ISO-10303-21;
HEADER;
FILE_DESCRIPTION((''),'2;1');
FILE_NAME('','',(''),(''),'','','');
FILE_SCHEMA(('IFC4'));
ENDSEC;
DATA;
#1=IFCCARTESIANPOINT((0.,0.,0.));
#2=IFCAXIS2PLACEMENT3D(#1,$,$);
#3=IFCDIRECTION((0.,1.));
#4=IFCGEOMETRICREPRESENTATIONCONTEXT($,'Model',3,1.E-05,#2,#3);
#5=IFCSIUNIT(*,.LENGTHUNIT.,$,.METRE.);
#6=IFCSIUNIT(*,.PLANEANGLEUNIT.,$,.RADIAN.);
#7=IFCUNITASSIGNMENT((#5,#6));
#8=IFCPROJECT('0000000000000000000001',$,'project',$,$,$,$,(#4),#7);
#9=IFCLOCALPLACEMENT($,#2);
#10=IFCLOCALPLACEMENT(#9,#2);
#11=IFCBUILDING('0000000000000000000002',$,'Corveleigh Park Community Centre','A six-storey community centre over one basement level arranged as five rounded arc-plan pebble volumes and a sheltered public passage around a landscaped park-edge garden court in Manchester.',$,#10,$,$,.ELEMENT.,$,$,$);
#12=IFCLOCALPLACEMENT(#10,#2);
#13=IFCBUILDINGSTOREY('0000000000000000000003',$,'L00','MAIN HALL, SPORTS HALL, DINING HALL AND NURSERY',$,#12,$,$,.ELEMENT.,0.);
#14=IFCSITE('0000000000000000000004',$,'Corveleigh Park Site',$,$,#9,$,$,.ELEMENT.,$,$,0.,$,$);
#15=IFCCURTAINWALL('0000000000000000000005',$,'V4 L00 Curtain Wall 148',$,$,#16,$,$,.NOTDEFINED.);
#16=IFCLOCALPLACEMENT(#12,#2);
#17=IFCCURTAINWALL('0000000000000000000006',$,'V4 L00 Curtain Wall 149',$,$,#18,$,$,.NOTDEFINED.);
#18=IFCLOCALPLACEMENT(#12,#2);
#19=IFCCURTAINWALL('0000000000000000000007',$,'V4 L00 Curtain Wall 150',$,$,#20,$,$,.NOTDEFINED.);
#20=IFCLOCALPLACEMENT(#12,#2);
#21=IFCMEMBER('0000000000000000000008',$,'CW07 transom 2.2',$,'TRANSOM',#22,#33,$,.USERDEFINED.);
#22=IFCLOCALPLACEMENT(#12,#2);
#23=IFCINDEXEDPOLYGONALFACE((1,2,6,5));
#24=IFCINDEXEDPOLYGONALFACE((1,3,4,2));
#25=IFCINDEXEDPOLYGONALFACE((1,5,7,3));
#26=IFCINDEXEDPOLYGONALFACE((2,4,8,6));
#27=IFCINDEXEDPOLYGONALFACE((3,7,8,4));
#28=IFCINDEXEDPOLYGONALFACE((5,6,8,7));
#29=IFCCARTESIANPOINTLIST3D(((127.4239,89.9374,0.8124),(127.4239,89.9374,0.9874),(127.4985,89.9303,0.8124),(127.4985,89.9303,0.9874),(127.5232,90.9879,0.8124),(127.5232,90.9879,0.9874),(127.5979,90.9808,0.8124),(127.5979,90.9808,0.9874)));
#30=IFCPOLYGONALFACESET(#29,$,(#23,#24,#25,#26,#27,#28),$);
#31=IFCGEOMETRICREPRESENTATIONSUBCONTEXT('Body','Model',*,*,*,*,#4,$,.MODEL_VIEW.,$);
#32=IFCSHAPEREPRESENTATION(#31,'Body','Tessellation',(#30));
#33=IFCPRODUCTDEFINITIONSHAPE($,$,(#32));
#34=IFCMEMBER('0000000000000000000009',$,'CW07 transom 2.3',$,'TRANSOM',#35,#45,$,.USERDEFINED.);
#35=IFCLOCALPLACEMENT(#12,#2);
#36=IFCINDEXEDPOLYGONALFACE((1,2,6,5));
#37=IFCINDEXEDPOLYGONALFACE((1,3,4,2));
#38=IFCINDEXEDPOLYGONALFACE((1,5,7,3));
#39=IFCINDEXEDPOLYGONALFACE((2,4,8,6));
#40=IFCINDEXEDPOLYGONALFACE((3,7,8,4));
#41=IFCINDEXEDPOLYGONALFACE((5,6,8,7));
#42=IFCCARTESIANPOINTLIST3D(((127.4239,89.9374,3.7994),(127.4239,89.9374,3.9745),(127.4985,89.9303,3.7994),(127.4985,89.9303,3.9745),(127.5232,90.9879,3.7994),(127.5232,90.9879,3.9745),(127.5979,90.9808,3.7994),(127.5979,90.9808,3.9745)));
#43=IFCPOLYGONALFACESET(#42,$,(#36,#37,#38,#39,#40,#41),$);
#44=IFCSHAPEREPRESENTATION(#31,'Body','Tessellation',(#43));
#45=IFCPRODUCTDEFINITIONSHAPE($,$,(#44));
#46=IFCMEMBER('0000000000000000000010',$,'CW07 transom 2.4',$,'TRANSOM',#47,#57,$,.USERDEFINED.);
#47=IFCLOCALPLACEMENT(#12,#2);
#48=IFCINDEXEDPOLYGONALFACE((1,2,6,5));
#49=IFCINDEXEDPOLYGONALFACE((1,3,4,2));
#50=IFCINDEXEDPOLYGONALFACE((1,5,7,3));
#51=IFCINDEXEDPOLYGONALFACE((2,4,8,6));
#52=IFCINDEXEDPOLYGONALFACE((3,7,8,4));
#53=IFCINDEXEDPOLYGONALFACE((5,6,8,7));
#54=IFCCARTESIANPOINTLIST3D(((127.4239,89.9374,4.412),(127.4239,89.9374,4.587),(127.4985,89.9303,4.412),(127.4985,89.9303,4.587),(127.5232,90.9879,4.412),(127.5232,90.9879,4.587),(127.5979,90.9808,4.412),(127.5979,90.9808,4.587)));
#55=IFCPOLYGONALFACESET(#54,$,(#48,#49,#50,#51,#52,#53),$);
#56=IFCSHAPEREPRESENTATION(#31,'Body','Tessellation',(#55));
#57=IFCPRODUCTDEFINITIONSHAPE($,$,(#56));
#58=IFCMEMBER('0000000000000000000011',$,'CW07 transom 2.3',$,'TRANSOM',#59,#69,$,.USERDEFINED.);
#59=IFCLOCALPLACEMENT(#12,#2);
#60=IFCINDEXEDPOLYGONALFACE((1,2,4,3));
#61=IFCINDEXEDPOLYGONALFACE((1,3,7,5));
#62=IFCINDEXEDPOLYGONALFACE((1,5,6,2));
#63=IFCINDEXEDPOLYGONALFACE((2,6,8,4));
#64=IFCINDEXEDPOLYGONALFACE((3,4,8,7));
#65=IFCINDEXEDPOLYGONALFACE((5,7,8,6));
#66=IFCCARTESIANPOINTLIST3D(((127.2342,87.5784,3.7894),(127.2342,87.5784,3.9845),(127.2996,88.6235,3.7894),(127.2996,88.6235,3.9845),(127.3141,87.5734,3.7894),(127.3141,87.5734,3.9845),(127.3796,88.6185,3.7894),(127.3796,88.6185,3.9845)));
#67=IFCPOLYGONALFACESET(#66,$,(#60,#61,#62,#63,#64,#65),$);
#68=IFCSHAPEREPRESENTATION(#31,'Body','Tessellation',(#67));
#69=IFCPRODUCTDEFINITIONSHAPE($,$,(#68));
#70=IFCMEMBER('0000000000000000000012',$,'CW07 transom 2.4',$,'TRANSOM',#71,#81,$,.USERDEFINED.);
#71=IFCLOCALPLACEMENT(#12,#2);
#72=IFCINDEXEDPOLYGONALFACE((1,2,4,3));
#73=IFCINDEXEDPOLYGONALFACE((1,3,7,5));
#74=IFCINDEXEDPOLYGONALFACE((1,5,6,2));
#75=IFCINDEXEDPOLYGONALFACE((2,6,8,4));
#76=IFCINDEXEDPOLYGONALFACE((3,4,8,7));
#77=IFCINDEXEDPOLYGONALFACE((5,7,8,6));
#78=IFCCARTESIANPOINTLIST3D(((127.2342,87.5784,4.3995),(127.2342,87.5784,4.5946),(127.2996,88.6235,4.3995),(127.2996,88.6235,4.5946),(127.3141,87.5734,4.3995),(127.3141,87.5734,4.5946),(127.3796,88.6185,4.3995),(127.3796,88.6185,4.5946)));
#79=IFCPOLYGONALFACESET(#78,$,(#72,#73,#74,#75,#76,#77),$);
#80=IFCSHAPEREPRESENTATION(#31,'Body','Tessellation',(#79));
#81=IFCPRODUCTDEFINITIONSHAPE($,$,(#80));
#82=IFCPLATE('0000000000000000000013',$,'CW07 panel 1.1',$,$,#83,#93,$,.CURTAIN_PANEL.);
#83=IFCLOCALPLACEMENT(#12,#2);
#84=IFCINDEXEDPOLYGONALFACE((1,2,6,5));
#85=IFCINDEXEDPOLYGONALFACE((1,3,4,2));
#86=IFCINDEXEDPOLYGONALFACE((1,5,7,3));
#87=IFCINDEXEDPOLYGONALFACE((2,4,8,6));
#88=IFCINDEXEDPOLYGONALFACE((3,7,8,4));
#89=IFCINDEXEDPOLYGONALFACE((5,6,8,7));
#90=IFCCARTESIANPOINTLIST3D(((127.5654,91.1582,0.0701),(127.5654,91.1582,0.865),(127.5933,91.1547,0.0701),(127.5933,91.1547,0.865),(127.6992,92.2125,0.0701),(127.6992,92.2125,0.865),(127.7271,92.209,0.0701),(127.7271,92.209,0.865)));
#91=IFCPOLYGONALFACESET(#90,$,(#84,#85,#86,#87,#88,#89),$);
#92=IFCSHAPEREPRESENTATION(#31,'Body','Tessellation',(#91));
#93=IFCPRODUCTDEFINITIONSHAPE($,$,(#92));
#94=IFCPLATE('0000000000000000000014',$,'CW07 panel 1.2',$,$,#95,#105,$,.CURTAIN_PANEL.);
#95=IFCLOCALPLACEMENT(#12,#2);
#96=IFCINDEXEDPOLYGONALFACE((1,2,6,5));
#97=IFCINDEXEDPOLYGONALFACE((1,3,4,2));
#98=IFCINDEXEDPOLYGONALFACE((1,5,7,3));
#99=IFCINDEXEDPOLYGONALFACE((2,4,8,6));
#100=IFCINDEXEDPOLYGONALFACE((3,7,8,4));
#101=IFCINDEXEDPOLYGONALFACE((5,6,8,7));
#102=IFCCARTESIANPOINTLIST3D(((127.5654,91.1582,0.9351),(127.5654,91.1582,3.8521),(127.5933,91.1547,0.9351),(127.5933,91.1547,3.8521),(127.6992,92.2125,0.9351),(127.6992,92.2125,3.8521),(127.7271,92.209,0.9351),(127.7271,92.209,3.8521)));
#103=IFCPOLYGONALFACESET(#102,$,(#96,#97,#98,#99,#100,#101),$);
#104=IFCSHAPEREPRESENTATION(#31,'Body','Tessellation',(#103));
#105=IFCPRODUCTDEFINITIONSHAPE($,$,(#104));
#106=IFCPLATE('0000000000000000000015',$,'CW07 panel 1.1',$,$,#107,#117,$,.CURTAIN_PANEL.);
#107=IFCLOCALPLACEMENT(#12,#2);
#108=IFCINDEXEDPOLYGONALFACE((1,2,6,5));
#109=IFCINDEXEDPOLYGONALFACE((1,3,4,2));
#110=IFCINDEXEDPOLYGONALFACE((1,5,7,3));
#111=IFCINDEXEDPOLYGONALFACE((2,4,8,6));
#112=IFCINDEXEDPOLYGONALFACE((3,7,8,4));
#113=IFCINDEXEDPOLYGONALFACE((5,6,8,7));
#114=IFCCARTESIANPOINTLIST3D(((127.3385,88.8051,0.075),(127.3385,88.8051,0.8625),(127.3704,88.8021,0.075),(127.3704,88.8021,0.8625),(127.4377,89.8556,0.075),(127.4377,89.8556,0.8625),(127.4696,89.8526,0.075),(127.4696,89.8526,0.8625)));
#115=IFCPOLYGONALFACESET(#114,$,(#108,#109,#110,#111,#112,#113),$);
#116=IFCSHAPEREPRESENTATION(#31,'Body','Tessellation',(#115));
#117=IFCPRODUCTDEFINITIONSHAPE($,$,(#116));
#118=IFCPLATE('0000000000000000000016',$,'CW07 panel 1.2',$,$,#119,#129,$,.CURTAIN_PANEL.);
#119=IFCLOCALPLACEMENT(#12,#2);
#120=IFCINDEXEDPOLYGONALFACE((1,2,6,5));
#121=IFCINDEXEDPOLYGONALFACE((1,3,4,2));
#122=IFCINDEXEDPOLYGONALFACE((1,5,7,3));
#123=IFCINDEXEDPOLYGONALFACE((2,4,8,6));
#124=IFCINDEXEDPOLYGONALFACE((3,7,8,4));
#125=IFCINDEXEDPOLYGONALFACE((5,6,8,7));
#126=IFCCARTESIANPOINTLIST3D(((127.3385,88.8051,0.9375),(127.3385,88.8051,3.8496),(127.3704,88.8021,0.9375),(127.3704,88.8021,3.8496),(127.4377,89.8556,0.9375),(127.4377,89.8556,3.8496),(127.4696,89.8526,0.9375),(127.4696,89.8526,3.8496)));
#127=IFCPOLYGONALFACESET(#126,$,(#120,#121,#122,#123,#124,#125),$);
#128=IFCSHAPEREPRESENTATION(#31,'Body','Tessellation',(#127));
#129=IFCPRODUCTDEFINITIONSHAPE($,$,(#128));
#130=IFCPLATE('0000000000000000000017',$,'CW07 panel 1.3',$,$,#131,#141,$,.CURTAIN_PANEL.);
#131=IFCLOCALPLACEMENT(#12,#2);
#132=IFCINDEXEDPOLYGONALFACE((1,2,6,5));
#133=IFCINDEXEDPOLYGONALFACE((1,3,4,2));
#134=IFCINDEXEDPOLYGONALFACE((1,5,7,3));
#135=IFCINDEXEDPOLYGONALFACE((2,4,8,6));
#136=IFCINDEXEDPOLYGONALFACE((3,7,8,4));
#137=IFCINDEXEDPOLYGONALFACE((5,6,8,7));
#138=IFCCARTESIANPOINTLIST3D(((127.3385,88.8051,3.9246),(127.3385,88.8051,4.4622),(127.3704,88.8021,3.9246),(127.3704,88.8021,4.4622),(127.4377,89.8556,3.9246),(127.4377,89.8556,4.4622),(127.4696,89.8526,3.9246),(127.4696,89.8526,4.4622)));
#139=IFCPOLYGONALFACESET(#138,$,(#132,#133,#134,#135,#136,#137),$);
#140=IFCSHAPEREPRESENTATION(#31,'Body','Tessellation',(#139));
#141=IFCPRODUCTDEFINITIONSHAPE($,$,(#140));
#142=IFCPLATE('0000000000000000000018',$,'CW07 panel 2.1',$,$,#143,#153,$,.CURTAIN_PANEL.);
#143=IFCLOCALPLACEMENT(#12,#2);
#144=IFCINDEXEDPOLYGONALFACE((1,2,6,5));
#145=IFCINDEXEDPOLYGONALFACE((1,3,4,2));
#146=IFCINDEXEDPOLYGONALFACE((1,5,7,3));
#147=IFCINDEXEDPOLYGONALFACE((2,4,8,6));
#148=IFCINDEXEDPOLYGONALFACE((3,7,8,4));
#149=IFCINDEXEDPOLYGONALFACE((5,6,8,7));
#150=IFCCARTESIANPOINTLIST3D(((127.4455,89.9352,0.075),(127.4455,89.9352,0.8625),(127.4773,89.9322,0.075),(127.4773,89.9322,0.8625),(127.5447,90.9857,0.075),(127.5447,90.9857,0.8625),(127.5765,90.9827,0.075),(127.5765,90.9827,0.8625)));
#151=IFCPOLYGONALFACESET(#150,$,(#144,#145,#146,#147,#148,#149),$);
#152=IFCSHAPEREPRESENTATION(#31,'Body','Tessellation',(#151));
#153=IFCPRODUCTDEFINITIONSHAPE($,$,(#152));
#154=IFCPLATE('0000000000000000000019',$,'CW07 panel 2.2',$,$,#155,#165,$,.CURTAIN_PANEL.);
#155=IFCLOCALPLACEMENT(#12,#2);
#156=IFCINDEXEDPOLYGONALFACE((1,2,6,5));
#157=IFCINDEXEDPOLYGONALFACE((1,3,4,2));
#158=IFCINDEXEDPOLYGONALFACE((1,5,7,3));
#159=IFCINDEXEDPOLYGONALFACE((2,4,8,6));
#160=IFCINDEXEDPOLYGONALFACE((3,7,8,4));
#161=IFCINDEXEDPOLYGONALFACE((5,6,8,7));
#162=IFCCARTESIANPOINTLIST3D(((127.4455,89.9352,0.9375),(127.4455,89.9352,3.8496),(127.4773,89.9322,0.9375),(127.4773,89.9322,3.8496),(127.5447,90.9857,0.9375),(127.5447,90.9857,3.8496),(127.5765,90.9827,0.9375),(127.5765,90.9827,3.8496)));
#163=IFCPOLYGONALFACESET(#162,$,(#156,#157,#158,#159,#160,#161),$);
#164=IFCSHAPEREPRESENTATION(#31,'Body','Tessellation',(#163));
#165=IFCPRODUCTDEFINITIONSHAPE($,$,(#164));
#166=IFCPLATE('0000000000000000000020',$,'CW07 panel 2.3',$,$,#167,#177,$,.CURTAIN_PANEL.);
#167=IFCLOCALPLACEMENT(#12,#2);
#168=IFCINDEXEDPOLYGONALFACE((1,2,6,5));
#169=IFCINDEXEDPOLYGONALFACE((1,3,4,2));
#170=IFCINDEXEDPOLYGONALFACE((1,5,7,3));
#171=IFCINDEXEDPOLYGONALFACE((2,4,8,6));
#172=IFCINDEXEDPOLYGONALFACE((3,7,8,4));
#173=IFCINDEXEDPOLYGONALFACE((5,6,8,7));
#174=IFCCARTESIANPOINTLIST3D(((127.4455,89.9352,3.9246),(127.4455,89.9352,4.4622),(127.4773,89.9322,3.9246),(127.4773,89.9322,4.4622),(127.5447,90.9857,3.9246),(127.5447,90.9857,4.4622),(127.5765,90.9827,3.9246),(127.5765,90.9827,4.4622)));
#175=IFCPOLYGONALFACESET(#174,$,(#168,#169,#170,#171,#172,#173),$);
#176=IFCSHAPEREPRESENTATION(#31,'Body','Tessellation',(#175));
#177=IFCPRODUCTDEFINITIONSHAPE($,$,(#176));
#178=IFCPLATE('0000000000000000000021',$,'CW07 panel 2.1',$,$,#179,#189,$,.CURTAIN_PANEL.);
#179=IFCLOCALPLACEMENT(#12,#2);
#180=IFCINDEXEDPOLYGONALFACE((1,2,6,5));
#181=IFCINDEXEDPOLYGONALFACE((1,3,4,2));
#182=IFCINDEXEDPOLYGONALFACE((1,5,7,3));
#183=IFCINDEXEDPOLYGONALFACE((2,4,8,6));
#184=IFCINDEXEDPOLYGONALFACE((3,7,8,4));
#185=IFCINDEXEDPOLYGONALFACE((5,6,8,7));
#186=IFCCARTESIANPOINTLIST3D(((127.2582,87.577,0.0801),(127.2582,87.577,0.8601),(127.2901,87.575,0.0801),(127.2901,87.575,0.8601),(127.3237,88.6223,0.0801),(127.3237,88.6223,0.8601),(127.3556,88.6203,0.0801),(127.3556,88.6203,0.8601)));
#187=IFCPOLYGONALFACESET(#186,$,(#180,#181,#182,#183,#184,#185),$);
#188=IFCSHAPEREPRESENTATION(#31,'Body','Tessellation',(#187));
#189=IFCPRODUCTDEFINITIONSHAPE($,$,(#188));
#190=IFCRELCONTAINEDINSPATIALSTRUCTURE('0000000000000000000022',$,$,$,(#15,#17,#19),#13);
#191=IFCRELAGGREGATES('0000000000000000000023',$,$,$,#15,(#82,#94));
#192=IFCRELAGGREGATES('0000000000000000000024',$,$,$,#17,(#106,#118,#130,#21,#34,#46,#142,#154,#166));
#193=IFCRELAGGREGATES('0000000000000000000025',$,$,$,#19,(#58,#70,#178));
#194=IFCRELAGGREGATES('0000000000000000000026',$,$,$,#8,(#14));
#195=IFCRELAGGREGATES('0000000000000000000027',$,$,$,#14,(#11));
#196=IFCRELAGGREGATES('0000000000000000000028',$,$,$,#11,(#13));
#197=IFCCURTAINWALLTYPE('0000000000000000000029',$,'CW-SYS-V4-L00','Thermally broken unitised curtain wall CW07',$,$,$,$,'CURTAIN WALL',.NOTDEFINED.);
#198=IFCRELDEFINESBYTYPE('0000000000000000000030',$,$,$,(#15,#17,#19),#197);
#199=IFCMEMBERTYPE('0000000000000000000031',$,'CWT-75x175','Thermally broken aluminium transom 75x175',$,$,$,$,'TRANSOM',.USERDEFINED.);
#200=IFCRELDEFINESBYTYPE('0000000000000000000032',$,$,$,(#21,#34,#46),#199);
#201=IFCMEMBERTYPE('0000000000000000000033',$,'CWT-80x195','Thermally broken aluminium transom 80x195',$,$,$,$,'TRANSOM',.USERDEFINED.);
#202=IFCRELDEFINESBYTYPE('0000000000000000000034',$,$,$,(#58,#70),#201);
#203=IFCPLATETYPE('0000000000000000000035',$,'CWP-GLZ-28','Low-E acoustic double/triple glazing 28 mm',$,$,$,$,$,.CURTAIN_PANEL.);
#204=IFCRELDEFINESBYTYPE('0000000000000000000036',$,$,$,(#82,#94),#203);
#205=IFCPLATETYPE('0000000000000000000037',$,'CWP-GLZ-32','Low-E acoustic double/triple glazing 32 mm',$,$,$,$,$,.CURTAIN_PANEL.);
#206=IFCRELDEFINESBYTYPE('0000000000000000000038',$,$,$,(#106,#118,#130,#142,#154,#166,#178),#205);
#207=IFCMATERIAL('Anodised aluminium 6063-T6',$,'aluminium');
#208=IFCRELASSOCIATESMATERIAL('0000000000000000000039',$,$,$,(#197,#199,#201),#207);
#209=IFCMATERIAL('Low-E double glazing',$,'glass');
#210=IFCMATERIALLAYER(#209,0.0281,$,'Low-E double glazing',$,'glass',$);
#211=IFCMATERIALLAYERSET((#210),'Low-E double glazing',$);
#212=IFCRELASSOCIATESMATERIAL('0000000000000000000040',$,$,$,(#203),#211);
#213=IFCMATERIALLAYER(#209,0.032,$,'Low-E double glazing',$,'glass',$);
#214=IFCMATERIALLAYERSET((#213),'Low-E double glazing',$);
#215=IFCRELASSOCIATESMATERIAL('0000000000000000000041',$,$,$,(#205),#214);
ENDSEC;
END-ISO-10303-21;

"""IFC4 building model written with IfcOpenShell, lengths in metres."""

from ifc_helpers import new_model, si_unit, direction, frame, origin, origin_2d, place, context, subcontext, project, spatial, rectangle, extrude, material, layer, layer_set, material_profile, profile_set, type_object, element, aggregate, save


model = new_model("IFC4")

# Units and contexts
model_context = context("Model", 3, precision=1e-05, world=origin(), true_north=direction((0.0, 1.0)))
body_context = subcontext(model_context, "Body", "Model", "MODEL_VIEW")
ifc_project = project(units=[si_unit("LENGTHUNIT", "METRE"), si_unit("PLANEANGLEUNIT", "RADIAN")], contexts=[model_context])

# Site, building, storey
site_placement = place(None, origin())
site = spatial("IfcSite", under=ifc_project, at=site_placement, Name="Corveleigh Park Site", CompositionType="ELEMENT", RefElevation=0.0)
building_placement = place(site_placement, origin())
building = spatial("IfcBuilding", under=site, at=building_placement, Name="Corveleigh Park Community Centre", Description="A six-storey community centre over one basement level arranged as five rounded arc-plan pebble volumes and a sheltered public passage around a landscaped park-edge garden court in Manchester.", CompositionType="ELEMENT")
storey_placement = place(building_placement, origin())
storey = spatial("IfcBuildingStorey", under=building, at=storey_placement, Name="L00", Description="MAIN HALL, SPORTS HALL, DINING HALL AND NURSERY", CompositionType="ELEMENT", Elevation=0.0)

# Curtain wall
ifc_material_1 = material(Name="Anodised aluminium 6063-T6", Category="aluminium")
curtain_wall_type = type_object("IfcCurtainWallType", Name="CW-SYS-V4-L00", Description="Thermally broken unitised curtain wall CW07", ElementType="CURTAIN WALL", PredefinedType="NOTDEFINED", material=ifc_material_1)
curtain_wall_1_placement = place(storey_placement, origin())
curtain_wall_1 = element("IfcCurtainWall", 1, at=curtain_wall_1_placement, inside=storey, type_object=curtain_wall_type, Name="V4 L00 Curtain Wall 148", PredefinedType="NOTDEFINED")

# Curtain wall
curtain_wall_2_placement = place(storey_placement, origin())
curtain_wall_2 = element("IfcCurtainWall", 2, at=curtain_wall_2_placement, inside=storey, type_object=curtain_wall_type, Name="V4 L00 Curtain Wall 149", PredefinedType="NOTDEFINED")

# Curtain wall
curtain_wall_3_placement = place(storey_placement, origin())
curtain_wall_3 = element("IfcCurtainWall", 3, at=curtain_wall_3_placement, inside=storey, type_object=curtain_wall_type, Name="V4 L00 Curtain Wall 150", PredefinedType="NOTDEFINED")

# Members
ifc_material_profile_1 = material_profile(ifc_material_1, rectangle(XDim=0.075, YDim=0.175, at=origin_2d()), Name="ALU-T75x175", Category="aluminium")
ifc_profile_set_1 = profile_set([ifc_material_profile_1], Name="Anodised aluminium 6063-T6")
member_type_1 = type_object("IfcMemberType", Name="CWT-75x175", Description="Thermally broken aluminium transom 75x175", ElementType="TRANSOM", PredefinedType="USERDEFINED", material=ifc_profile_set_1)
member_1_placement = place(storey_placement, frame((127.4612, 89.9338, 0.8999), z_axis=(0.094165, 0.995557, 0.0), x_axis=(-0.995557, 0.094165, 0.0)))
member_1 = element("IfcMember", 4, at=member_1_placement, type_object=member_type_1, Name="CW07 transom 2.2", ObjectType="TRANSOM", PredefinedType="USERDEFINED", context=body_context, shape_type="SweptSolid", body=[
    extrude(rectangle(XDim=0.075, YDim=0.175, at=origin_2d()), origin(), (0.0, 0.0, 1.0), 1.0552),
])
member_2_placement = place(storey_placement, frame((127.4612, 89.9338, 3.887), z_axis=(0.094165, 0.995557, 0.0), x_axis=(-0.995557, 0.094165, 0.0)))
member_2 = element("IfcMember", 5, at=member_2_placement, type_object=member_type_1, Name="CW07 transom 2.3", ObjectType="TRANSOM", PredefinedType="USERDEFINED", context=body_context, shape_type="SweptSolid", body=[
    extrude(rectangle(XDim=0.075, YDim=0.175, at=origin_2d()), origin(), (0.0, 0.0, 1.0), 1.0552),
])
member_3_placement = place(storey_placement, frame((127.4612, 89.9338, 4.4995), z_axis=(0.094165, 0.995557, 0.0), x_axis=(-0.995557, 0.094165, 0.0)))
member_3 = element("IfcMember", 6, at=member_3_placement, type_object=member_type_1, Name="CW07 transom 2.4", ObjectType="TRANSOM", PredefinedType="USERDEFINED", context=body_context, shape_type="SweptSolid", body=[
    extrude(rectangle(XDim=0.075, YDim=0.175, at=origin_2d()), origin(), (0.0, 0.0, 1.0), 1.0552),
])
ifc_material_profile_2 = material_profile(ifc_material_1, rectangle(XDim=0.0801, YDim=0.1951, at=origin_2d()), Name="ALU-T80x195", Category="aluminium")
ifc_profile_set_2 = profile_set([ifc_material_profile_2], Name="Anodised aluminium 6063-T6")
member_type_2 = type_object("IfcMemberType", Name="CWT-80x195", Description="Thermally broken aluminium transom 80x195", ElementType="TRANSOM", PredefinedType="USERDEFINED", material=ifc_profile_set_2)
member_4_placement = place(storey_placement, frame((127.2742, 87.5759, 3.887), z_axis=(0.06248, 0.998046, 0.0), x_axis=(-0.998046, 0.06248, 0.0)))
member_4 = element("IfcMember", 7, at=member_4_placement, type_object=member_type_2, Name="CW07 transom 2.3", ObjectType="TRANSOM", PredefinedType="USERDEFINED", context=body_context, shape_type="SweptSolid", body=[
    extrude(rectangle(XDim=0.0801, YDim=0.1951, at=origin_2d()), origin(), (0.0, 0.0, 1.0), 1.0471),
])
member_5_placement = place(storey_placement, frame((127.2742, 87.5759, 4.4971), z_axis=(0.06248, 0.998046, 0.0), x_axis=(-0.998046, 0.06248, 0.0)))
member_5 = element("IfcMember", 8, at=member_5_placement, type_object=member_type_2, Name="CW07 transom 2.4", ObjectType="TRANSOM", PredefinedType="USERDEFINED", context=body_context, shape_type="SweptSolid", body=[
    extrude(rectangle(XDim=0.0801, YDim=0.1951, at=origin_2d()), origin(), (0.0, 0.0, 1.0), 1.0471),
])

# Plates
ifc_material_2 = material(Name="Low-E double glazing", Category="glass")
ifc_layer_1 = layer(ifc_material_2, 0.0281, Name="Low-E double glazing", Category="glass")
ifc_layer_set_1 = layer_set([ifc_layer_1], Name="Low-E double glazing")
plate_type_1 = type_object("IfcPlateType", Name="CWP-GLZ-28", Description="Low-E acoustic double/triple glazing 28 mm", PredefinedType="CURTAIN_PANEL", material=ifc_layer_set_1)
plate_1_placement = place(storey_placement, frame((127.6462, 91.6836, 0.0701), z_axis=(0.0, 0.0, 1.0), x_axis=(0.125919, 0.99204, 0.0)))
plate_1 = element("IfcPlate", 9, at=plate_1_placement, type_object=plate_type_1, Name="CW07 panel 1.1", PredefinedType="CURTAIN_PANEL", context=body_context, shape_type="SweptSolid", body=[
    extrude(rectangle(XDim=1.0627, YDim=0.0281, at=origin_2d()), origin(), (0.0, 0.0, 1.0), 0.7949),
])
plate_2_placement = place(storey_placement, frame((127.6462, 91.6836, 0.9351), z_axis=(0.0, 0.0, 1.0), x_axis=(0.125919, 0.99204, 0.0)))
plate_2 = element("IfcPlate", 10, at=plate_2_placement, type_object=plate_type_1, Name="CW07 panel 1.2", PredefinedType="CURTAIN_PANEL", context=body_context, shape_type="SweptSolid", body=[
    extrude(rectangle(XDim=1.0627, YDim=0.0281, at=origin_2d()), origin(), (0.0, 0.0, 1.0), 2.917),
])
aggregate(curtain_wall_1, [plate_1, plate_2])
ifc_layer_2 = layer(ifc_material_2, 0.032, Name="Low-E double glazing", Category="glass")
ifc_layer_set_2 = layer_set([ifc_layer_2], Name="Low-E double glazing")
plate_type_2 = type_object("IfcPlateType", Name="CWP-GLZ-32", Description="Low-E acoustic double/triple glazing 32 mm", PredefinedType="CURTAIN_PANEL", material=ifc_layer_set_2)
plate_3_placement = place(storey_placement, frame((127.4041, 89.3289, 0.075), z_axis=(0.0, 0.0, 1.0), x_axis=(0.094026, 0.99557, 0.0)))
plate_3 = element("IfcPlate", 11, at=plate_3_placement, type_object=plate_type_2, Name="CW07 panel 1.1", PredefinedType="CURTAIN_PANEL", context=body_context, shape_type="SweptSolid", body=[
    extrude(rectangle(XDim=1.0552, YDim=0.032, at=origin_2d()), origin(), (0.0, 0.0, 1.0), 0.7876),
])
plate_4_placement = place(storey_placement, frame((127.4041, 89.3289, 0.9375), z_axis=(0.0, 0.0, 1.0), x_axis=(0.094026, 0.99557, 0.0)))
plate_4 = element("IfcPlate", 12, at=plate_4_placement, type_object=plate_type_2, Name="CW07 panel 1.2", PredefinedType="CURTAIN_PANEL", context=body_context, shape_type="SweptSolid", body=[
    extrude(rectangle(XDim=1.0552, YDim=0.032, at=origin_2d()), origin(), (0.0, 0.0, 1.0), 2.9121),
])
plate_5_placement = place(storey_placement, frame((127.4041, 89.3289, 3.9246), z_axis=(0.0, 0.0, 1.0), x_axis=(0.094026, 0.99557, 0.0)))
plate_5 = element("IfcPlate", 13, at=plate_5_placement, type_object=plate_type_2, Name="CW07 panel 1.3", PredefinedType="CURTAIN_PANEL", context=body_context, shape_type="SweptSolid", body=[
    extrude(rectangle(XDim=1.0552, YDim=0.032, at=origin_2d()), origin(), (0.0, 0.0, 1.0), 0.5376),
])
plate_6_placement = place(storey_placement, frame((127.511, 90.459, 0.075), z_axis=(0.0, 0.0, 1.0), x_axis=(0.094026, 0.99557, 0.0)))
plate_6 = element("IfcPlate", 14, at=plate_6_placement, type_object=plate_type_2, Name="CW07 panel 2.1", PredefinedType="CURTAIN_PANEL", context=body_context, shape_type="SweptSolid", body=[
    extrude(rectangle(XDim=1.0552, YDim=0.032, at=origin_2d()), origin(), (0.0, 0.0, 1.0), 0.7876),
])
plate_7_placement = place(storey_placement, frame((127.511, 90.459, 0.9375), z_axis=(0.0, 0.0, 1.0), x_axis=(0.094026, 0.99557, 0.0)))
plate_7 = element("IfcPlate", 15, at=plate_7_placement, type_object=plate_type_2, Name="CW07 panel 2.2", PredefinedType="CURTAIN_PANEL", context=body_context, shape_type="SweptSolid", body=[
    extrude(rectangle(XDim=1.0552, YDim=0.032, at=origin_2d()), origin(), (0.0, 0.0, 1.0), 2.9121),
])
plate_8_placement = place(storey_placement, frame((127.511, 90.459, 3.9246), z_axis=(0.0, 0.0, 1.0), x_axis=(0.094026, 0.99557, 0.0)))
plate_8 = element("IfcPlate", 16, at=plate_8_placement, type_object=plate_type_2, Name="CW07 panel 2.3", PredefinedType="CURTAIN_PANEL", context=body_context, shape_type="SweptSolid", body=[
    extrude(rectangle(XDim=1.0552, YDim=0.032, at=origin_2d()), origin(), (0.0, 0.0, 1.0), 0.5376),
])
aggregate(curtain_wall_2, [plate_3, plate_4, plate_5, member_1, member_2, member_3, plate_6, plate_7, plate_8])
plate_9_placement = place(storey_placement, frame((127.3069, 88.0986, 0.0801), z_axis=(0.0, 0.0, 1.0), x_axis=(0.062564, 0.998041, 0.0)))
plate_9 = element("IfcPlate", 17, at=plate_9_placement, type_object=plate_type_2, Name="CW07 panel 2.1", PredefinedType="CURTAIN_PANEL", context=body_context, shape_type="SweptSolid", body=[
    extrude(rectangle(XDim=1.0474, YDim=0.032, at=origin_2d()), origin(), (0.0, 0.0, 1.0), 0.78),
])
aggregate(curtain_wall_3, [member_4, member_5, plate_9])

save(model, "model.ifc")
